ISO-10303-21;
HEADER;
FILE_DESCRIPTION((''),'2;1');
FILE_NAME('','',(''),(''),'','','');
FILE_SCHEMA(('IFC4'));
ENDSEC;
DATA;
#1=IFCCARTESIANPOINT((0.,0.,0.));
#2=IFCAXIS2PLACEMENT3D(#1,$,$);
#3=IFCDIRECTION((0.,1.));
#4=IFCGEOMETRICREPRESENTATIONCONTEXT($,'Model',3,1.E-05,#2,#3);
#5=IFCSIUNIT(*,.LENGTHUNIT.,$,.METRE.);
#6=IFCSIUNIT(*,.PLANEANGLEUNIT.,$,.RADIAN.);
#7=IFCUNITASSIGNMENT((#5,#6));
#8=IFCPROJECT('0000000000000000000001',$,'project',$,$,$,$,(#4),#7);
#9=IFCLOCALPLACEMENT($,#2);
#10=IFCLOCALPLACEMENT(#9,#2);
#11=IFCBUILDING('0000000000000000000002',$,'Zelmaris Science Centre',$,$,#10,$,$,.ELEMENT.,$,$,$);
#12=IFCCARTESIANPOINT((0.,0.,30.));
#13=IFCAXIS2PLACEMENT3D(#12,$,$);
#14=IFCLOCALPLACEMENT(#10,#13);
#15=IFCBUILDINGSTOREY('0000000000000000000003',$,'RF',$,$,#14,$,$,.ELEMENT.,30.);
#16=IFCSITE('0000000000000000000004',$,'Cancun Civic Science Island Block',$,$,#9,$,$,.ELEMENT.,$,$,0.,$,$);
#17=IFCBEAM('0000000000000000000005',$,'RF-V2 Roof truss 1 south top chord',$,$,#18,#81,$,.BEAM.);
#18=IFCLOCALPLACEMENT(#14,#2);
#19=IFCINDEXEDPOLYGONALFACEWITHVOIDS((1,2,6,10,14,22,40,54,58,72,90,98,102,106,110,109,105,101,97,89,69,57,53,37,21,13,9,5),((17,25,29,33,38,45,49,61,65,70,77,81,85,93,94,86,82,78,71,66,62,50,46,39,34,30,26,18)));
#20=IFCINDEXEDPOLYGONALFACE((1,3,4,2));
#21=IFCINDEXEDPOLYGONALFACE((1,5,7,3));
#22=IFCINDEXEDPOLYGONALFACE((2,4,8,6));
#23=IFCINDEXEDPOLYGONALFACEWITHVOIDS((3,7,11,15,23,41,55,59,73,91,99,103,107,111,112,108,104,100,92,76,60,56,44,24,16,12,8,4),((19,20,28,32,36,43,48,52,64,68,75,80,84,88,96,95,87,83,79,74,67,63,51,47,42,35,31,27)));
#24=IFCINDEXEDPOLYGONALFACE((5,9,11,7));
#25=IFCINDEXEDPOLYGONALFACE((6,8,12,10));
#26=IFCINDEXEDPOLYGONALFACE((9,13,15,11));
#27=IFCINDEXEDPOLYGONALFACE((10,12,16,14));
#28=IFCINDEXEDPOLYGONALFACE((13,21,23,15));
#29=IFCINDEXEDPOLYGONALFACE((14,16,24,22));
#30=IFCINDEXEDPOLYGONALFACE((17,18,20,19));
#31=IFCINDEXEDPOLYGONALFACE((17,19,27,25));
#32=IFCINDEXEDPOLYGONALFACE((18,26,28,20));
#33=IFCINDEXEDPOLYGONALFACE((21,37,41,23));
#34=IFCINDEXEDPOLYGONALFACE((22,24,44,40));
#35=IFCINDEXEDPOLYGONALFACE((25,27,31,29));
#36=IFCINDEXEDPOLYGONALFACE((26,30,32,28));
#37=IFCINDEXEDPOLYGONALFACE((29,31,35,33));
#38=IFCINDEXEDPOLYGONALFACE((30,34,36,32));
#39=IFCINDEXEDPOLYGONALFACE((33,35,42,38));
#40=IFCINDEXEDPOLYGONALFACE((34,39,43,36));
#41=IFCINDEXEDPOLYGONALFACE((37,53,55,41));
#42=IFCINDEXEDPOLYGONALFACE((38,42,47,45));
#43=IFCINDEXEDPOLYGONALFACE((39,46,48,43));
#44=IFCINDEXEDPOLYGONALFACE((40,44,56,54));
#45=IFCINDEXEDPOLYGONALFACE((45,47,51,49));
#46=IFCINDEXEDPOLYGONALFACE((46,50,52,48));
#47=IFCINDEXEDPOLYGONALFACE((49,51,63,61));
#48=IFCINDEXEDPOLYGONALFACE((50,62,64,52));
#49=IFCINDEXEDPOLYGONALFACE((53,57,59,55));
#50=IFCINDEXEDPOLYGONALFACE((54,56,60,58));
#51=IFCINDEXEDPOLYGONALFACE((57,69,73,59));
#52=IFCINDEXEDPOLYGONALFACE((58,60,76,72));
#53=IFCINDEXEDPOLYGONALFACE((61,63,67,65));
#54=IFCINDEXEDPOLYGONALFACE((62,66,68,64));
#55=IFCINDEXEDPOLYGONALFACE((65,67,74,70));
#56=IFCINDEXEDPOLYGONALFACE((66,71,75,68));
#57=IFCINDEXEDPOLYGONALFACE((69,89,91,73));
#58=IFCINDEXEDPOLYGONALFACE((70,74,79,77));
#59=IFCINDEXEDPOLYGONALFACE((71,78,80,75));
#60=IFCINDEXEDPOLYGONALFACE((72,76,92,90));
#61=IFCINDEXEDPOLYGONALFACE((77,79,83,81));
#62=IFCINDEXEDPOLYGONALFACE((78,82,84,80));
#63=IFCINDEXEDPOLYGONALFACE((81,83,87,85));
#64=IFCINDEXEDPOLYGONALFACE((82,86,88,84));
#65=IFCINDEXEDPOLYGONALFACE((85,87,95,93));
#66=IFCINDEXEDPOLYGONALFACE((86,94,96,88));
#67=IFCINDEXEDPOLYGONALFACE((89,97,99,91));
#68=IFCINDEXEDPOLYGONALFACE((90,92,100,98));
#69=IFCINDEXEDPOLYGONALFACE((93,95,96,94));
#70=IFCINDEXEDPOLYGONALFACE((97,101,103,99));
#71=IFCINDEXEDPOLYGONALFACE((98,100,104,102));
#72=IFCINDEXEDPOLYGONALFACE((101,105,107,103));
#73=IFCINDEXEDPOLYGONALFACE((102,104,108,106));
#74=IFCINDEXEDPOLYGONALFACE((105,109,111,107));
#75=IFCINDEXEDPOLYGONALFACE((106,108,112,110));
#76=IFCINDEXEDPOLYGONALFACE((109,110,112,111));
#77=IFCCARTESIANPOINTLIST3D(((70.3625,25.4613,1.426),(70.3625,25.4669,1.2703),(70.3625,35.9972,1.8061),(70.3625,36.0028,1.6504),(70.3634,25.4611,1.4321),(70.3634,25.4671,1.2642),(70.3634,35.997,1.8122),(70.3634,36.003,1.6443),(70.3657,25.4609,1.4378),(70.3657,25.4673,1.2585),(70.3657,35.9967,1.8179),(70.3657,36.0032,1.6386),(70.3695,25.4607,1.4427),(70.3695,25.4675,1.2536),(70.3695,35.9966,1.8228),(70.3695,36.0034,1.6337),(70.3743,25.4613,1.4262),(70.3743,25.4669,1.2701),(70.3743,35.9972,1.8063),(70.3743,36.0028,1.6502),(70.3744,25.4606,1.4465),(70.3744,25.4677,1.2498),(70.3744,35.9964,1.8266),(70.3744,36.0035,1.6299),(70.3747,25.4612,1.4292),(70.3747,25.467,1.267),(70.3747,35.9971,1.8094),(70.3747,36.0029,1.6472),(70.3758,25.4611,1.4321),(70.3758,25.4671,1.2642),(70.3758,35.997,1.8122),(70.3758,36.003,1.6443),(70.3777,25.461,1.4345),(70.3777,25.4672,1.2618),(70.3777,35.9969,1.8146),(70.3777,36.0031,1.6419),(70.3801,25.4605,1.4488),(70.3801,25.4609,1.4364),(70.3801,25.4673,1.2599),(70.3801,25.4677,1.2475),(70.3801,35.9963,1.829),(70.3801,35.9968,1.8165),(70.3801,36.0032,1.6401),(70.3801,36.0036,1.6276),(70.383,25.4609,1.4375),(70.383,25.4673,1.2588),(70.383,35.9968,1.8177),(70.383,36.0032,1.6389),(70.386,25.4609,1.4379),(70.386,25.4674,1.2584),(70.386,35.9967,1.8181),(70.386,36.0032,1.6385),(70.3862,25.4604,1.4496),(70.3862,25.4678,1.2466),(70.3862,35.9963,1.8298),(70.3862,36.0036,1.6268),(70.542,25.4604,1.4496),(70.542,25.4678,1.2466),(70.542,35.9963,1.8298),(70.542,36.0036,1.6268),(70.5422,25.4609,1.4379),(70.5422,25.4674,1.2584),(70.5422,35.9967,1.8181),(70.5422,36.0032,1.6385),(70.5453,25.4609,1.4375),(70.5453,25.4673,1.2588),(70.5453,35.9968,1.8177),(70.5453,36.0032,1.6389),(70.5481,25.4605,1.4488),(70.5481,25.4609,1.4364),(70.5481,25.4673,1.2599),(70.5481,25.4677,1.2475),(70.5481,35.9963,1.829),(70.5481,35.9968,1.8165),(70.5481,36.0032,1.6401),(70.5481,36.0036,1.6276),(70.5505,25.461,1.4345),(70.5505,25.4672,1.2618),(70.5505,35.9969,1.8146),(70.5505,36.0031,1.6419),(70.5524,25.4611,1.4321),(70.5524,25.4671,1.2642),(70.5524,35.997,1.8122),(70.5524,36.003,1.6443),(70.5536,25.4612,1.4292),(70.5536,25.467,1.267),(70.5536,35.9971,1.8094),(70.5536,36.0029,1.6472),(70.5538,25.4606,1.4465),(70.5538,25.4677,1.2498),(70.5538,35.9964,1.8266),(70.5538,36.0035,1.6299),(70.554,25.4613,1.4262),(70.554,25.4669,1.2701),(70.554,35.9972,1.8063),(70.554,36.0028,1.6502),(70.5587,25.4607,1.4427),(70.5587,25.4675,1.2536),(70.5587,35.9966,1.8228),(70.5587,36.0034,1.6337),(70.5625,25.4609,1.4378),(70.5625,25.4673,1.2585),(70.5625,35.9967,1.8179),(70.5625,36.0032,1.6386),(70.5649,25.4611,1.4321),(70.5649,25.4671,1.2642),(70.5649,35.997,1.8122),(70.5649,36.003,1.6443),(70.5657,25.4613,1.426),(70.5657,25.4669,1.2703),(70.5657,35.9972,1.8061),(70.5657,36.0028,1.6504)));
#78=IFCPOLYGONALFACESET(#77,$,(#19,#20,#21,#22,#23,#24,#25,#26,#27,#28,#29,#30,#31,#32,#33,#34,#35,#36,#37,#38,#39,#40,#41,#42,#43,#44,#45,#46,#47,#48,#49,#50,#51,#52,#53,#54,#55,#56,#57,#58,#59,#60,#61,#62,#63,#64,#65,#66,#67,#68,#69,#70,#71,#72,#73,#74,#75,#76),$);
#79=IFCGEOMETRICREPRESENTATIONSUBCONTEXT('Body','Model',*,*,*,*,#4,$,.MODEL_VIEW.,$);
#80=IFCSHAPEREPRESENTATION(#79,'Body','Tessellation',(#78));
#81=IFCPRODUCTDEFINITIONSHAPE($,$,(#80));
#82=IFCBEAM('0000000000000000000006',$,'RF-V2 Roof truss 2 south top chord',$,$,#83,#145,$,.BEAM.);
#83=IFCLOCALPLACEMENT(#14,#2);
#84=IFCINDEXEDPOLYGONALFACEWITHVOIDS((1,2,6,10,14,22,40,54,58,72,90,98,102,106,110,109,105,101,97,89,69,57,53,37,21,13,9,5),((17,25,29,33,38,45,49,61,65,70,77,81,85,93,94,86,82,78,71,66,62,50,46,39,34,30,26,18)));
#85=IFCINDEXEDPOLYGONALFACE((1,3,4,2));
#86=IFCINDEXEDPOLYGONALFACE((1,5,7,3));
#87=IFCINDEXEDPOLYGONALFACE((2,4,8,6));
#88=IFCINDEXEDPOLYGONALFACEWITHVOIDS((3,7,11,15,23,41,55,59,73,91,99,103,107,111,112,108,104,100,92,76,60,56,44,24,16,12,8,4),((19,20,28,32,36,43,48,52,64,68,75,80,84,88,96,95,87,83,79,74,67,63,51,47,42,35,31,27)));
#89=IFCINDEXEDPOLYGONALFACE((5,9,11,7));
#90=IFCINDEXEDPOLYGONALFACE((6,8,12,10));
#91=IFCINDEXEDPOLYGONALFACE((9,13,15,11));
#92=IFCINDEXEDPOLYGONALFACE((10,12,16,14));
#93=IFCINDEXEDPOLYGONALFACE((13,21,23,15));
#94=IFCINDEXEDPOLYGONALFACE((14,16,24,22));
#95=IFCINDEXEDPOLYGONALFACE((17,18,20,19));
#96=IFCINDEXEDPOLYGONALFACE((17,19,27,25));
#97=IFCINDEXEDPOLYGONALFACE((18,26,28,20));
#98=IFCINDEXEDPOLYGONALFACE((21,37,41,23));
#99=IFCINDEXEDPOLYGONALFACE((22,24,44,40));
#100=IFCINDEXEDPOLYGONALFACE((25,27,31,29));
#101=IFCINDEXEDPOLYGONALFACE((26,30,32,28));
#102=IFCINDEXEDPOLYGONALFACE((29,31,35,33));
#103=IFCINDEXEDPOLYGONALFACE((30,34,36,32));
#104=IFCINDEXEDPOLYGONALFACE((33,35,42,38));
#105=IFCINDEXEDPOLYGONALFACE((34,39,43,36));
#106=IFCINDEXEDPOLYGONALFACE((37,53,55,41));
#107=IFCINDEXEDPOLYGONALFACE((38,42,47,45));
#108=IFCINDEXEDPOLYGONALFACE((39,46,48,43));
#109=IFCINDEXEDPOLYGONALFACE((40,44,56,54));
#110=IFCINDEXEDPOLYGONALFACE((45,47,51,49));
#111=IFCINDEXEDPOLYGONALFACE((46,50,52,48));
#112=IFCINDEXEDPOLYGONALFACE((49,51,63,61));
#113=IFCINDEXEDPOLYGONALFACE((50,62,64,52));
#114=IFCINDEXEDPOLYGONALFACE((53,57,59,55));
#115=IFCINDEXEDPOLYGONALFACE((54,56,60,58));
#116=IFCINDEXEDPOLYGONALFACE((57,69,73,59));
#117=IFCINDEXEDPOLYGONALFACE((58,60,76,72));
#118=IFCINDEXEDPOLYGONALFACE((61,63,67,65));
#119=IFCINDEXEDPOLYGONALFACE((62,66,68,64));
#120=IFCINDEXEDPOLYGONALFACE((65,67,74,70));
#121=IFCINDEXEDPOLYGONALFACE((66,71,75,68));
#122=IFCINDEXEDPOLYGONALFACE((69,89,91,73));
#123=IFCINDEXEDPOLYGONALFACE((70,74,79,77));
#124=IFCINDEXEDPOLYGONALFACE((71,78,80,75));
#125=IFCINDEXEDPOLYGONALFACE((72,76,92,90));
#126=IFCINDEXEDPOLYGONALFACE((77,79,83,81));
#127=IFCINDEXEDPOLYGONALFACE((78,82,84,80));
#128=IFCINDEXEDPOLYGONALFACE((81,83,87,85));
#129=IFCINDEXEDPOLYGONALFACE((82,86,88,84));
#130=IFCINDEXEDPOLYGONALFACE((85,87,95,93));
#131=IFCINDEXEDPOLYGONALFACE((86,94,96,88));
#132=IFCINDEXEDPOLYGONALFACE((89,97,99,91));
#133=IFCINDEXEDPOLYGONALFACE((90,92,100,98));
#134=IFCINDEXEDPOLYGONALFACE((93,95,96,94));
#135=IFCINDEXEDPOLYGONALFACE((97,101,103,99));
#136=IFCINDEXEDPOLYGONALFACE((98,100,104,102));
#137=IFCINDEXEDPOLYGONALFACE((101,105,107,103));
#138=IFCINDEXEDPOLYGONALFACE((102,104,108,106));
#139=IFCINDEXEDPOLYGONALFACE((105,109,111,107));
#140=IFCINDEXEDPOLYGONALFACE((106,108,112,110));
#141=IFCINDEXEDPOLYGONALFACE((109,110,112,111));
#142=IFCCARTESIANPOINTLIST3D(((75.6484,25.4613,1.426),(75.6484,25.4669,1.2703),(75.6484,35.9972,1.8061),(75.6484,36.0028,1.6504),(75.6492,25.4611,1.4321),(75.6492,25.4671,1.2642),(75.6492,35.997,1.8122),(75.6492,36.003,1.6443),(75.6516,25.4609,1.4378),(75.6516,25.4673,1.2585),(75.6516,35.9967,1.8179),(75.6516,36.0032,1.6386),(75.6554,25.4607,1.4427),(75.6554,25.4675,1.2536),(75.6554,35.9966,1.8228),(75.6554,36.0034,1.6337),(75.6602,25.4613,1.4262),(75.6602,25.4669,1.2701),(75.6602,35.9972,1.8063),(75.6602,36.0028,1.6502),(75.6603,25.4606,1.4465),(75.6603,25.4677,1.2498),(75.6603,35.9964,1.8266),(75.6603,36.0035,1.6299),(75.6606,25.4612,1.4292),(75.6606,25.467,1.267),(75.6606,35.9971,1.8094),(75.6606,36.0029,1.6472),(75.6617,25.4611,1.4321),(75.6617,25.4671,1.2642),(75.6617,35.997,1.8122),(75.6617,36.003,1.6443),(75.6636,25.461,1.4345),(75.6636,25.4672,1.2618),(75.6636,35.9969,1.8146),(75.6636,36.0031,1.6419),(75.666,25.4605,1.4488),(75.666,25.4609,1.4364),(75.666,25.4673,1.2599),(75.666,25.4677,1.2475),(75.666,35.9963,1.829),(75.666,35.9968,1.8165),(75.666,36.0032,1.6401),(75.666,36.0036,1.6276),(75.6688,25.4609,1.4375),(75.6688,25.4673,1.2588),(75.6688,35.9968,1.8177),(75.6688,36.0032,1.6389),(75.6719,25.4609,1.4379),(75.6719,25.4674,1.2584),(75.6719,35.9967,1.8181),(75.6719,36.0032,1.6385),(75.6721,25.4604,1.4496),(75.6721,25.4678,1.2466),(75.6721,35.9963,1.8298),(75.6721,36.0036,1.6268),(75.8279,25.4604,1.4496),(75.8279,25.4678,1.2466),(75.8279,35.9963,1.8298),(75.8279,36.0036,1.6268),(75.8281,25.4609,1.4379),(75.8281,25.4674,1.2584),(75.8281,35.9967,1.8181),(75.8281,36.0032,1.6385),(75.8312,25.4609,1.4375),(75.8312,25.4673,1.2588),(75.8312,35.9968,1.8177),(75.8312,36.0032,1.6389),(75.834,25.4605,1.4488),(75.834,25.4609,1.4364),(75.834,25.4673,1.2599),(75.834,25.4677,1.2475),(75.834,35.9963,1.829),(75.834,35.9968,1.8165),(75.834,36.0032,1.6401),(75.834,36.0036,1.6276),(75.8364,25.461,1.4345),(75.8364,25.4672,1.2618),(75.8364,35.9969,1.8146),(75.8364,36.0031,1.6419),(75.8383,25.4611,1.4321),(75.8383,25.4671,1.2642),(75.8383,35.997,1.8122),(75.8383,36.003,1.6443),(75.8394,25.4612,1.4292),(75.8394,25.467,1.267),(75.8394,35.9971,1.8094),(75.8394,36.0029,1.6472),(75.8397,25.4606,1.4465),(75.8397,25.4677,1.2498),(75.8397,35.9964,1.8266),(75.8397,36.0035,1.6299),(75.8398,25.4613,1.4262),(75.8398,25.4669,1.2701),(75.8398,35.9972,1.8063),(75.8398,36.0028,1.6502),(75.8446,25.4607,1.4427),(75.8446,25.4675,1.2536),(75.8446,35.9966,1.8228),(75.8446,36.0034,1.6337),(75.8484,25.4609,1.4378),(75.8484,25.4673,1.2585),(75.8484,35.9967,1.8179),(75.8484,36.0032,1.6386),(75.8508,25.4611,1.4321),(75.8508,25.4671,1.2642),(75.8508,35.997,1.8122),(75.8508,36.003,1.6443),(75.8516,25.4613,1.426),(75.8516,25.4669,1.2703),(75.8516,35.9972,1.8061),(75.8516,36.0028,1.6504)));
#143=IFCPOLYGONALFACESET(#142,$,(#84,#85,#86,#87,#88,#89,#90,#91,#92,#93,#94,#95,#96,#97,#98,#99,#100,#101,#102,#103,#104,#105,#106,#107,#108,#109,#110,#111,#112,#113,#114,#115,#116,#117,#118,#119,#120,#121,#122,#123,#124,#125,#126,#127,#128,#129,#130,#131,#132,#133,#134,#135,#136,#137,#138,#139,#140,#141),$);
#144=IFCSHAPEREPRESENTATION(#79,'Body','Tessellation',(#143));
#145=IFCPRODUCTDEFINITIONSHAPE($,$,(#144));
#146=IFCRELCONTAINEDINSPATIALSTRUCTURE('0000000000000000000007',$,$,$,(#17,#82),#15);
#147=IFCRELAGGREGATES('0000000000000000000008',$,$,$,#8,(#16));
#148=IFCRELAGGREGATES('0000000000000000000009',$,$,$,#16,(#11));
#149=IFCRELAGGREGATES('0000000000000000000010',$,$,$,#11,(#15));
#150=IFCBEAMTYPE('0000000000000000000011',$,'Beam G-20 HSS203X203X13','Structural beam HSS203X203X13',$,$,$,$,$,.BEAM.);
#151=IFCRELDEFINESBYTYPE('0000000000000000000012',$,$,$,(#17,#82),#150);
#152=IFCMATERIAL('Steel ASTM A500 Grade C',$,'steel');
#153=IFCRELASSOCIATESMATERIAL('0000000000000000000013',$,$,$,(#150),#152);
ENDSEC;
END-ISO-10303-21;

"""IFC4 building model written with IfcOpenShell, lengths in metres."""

from ifc_helpers import new_model, si_unit, direction, frame, origin, origin_2d, place, context, subcontext, project, spatial, hollow_rectangle, extrude, material, material_profile, profile_set, type_object, element, save


model = new_model("IFC4")

# Units and contexts
model_context = context("Model", 3, precision=1e-05, world=origin(), true_north=direction((0.0, 1.0)))
body_context = subcontext(model_context, "Body", "Model", "MODEL_VIEW")
ifc_project = project(units=[si_unit("LENGTHUNIT", "METRE"), si_unit("PLANEANGLEUNIT", "RADIAN")], contexts=[model_context])

# Site, building, storey
site_placement = place(None, origin())
site = spatial("IfcSite", under=ifc_project, at=site_placement, Name="Cancun Civic Science Island Block", CompositionType="ELEMENT", RefElevation=0.0)
building_placement = place(site_placement, origin())
building = spatial("IfcBuilding", under=site, at=building_placement, Name="Zelmaris Science Centre", CompositionType="ELEMENT")
storey_placement = place(building_placement, frame((0.0, 0.0, 30.0)))
storey = spatial("IfcBuildingStorey", under=building, at=storey_placement, Name="RF", CompositionType="ELEMENT", Elevation=30.0)

# Beams
ifc_material_1 = material(Name="Steel ASTM A500 Grade C", Category="steel")
ifc_material_profile_1 = material_profile(ifc_material_1, hollow_rectangle(XDim=0.2031, YDim=0.2031, WallThickness=0.0117, InnerFilletRadius=0.0117, OuterFilletRadius=0.0237, at=origin_2d()), Name="HSS203X203X13")
ifc_profile_set_1 = profile_set([ifc_material_profile_1], Name="Steel ASTM A500 Grade C")
beam_type_1 = type_object("IfcBeamType", Name="Beam G-20 HSS203X203X13", Description="Structural beam HSS203X203X13", PredefinedType="BEAM", material=ifc_profile_set_1)
for number, where, z_axis, x_axis, name in (
    (1, (70.4641, 25.4641, 1.3481), (0.0, 0.99935, 0.036056), (-1.0, 0.0, 0.0), "RF-V2 Roof truss 1 south top chord"),
    (2, (75.75, 25.4641, 1.3481), (0.0, 0.99935, 0.036056), (-1.0, 0.0, 0.0), "RF-V2 Roof truss 2 south top chord"),
):
    element("IfcBeam", number, at=place(storey_placement, frame(where, z_axis=z_axis, x_axis=x_axis)), inside=storey, type_object=beam_type_1, Name=name, PredefinedType="BEAM", context=body_context, shape_type="SweptSolid", body=[
        extrude(hollow_rectangle(XDim=0.2031, YDim=0.2031, WallThickness=0.0117, InnerFilletRadius=0.0117, OuterFilletRadius=0.0237, at=origin_2d()), origin(), (0.0, 0.0, 1.0), 10.5427),
    ])

save(model, "model.ifc")
